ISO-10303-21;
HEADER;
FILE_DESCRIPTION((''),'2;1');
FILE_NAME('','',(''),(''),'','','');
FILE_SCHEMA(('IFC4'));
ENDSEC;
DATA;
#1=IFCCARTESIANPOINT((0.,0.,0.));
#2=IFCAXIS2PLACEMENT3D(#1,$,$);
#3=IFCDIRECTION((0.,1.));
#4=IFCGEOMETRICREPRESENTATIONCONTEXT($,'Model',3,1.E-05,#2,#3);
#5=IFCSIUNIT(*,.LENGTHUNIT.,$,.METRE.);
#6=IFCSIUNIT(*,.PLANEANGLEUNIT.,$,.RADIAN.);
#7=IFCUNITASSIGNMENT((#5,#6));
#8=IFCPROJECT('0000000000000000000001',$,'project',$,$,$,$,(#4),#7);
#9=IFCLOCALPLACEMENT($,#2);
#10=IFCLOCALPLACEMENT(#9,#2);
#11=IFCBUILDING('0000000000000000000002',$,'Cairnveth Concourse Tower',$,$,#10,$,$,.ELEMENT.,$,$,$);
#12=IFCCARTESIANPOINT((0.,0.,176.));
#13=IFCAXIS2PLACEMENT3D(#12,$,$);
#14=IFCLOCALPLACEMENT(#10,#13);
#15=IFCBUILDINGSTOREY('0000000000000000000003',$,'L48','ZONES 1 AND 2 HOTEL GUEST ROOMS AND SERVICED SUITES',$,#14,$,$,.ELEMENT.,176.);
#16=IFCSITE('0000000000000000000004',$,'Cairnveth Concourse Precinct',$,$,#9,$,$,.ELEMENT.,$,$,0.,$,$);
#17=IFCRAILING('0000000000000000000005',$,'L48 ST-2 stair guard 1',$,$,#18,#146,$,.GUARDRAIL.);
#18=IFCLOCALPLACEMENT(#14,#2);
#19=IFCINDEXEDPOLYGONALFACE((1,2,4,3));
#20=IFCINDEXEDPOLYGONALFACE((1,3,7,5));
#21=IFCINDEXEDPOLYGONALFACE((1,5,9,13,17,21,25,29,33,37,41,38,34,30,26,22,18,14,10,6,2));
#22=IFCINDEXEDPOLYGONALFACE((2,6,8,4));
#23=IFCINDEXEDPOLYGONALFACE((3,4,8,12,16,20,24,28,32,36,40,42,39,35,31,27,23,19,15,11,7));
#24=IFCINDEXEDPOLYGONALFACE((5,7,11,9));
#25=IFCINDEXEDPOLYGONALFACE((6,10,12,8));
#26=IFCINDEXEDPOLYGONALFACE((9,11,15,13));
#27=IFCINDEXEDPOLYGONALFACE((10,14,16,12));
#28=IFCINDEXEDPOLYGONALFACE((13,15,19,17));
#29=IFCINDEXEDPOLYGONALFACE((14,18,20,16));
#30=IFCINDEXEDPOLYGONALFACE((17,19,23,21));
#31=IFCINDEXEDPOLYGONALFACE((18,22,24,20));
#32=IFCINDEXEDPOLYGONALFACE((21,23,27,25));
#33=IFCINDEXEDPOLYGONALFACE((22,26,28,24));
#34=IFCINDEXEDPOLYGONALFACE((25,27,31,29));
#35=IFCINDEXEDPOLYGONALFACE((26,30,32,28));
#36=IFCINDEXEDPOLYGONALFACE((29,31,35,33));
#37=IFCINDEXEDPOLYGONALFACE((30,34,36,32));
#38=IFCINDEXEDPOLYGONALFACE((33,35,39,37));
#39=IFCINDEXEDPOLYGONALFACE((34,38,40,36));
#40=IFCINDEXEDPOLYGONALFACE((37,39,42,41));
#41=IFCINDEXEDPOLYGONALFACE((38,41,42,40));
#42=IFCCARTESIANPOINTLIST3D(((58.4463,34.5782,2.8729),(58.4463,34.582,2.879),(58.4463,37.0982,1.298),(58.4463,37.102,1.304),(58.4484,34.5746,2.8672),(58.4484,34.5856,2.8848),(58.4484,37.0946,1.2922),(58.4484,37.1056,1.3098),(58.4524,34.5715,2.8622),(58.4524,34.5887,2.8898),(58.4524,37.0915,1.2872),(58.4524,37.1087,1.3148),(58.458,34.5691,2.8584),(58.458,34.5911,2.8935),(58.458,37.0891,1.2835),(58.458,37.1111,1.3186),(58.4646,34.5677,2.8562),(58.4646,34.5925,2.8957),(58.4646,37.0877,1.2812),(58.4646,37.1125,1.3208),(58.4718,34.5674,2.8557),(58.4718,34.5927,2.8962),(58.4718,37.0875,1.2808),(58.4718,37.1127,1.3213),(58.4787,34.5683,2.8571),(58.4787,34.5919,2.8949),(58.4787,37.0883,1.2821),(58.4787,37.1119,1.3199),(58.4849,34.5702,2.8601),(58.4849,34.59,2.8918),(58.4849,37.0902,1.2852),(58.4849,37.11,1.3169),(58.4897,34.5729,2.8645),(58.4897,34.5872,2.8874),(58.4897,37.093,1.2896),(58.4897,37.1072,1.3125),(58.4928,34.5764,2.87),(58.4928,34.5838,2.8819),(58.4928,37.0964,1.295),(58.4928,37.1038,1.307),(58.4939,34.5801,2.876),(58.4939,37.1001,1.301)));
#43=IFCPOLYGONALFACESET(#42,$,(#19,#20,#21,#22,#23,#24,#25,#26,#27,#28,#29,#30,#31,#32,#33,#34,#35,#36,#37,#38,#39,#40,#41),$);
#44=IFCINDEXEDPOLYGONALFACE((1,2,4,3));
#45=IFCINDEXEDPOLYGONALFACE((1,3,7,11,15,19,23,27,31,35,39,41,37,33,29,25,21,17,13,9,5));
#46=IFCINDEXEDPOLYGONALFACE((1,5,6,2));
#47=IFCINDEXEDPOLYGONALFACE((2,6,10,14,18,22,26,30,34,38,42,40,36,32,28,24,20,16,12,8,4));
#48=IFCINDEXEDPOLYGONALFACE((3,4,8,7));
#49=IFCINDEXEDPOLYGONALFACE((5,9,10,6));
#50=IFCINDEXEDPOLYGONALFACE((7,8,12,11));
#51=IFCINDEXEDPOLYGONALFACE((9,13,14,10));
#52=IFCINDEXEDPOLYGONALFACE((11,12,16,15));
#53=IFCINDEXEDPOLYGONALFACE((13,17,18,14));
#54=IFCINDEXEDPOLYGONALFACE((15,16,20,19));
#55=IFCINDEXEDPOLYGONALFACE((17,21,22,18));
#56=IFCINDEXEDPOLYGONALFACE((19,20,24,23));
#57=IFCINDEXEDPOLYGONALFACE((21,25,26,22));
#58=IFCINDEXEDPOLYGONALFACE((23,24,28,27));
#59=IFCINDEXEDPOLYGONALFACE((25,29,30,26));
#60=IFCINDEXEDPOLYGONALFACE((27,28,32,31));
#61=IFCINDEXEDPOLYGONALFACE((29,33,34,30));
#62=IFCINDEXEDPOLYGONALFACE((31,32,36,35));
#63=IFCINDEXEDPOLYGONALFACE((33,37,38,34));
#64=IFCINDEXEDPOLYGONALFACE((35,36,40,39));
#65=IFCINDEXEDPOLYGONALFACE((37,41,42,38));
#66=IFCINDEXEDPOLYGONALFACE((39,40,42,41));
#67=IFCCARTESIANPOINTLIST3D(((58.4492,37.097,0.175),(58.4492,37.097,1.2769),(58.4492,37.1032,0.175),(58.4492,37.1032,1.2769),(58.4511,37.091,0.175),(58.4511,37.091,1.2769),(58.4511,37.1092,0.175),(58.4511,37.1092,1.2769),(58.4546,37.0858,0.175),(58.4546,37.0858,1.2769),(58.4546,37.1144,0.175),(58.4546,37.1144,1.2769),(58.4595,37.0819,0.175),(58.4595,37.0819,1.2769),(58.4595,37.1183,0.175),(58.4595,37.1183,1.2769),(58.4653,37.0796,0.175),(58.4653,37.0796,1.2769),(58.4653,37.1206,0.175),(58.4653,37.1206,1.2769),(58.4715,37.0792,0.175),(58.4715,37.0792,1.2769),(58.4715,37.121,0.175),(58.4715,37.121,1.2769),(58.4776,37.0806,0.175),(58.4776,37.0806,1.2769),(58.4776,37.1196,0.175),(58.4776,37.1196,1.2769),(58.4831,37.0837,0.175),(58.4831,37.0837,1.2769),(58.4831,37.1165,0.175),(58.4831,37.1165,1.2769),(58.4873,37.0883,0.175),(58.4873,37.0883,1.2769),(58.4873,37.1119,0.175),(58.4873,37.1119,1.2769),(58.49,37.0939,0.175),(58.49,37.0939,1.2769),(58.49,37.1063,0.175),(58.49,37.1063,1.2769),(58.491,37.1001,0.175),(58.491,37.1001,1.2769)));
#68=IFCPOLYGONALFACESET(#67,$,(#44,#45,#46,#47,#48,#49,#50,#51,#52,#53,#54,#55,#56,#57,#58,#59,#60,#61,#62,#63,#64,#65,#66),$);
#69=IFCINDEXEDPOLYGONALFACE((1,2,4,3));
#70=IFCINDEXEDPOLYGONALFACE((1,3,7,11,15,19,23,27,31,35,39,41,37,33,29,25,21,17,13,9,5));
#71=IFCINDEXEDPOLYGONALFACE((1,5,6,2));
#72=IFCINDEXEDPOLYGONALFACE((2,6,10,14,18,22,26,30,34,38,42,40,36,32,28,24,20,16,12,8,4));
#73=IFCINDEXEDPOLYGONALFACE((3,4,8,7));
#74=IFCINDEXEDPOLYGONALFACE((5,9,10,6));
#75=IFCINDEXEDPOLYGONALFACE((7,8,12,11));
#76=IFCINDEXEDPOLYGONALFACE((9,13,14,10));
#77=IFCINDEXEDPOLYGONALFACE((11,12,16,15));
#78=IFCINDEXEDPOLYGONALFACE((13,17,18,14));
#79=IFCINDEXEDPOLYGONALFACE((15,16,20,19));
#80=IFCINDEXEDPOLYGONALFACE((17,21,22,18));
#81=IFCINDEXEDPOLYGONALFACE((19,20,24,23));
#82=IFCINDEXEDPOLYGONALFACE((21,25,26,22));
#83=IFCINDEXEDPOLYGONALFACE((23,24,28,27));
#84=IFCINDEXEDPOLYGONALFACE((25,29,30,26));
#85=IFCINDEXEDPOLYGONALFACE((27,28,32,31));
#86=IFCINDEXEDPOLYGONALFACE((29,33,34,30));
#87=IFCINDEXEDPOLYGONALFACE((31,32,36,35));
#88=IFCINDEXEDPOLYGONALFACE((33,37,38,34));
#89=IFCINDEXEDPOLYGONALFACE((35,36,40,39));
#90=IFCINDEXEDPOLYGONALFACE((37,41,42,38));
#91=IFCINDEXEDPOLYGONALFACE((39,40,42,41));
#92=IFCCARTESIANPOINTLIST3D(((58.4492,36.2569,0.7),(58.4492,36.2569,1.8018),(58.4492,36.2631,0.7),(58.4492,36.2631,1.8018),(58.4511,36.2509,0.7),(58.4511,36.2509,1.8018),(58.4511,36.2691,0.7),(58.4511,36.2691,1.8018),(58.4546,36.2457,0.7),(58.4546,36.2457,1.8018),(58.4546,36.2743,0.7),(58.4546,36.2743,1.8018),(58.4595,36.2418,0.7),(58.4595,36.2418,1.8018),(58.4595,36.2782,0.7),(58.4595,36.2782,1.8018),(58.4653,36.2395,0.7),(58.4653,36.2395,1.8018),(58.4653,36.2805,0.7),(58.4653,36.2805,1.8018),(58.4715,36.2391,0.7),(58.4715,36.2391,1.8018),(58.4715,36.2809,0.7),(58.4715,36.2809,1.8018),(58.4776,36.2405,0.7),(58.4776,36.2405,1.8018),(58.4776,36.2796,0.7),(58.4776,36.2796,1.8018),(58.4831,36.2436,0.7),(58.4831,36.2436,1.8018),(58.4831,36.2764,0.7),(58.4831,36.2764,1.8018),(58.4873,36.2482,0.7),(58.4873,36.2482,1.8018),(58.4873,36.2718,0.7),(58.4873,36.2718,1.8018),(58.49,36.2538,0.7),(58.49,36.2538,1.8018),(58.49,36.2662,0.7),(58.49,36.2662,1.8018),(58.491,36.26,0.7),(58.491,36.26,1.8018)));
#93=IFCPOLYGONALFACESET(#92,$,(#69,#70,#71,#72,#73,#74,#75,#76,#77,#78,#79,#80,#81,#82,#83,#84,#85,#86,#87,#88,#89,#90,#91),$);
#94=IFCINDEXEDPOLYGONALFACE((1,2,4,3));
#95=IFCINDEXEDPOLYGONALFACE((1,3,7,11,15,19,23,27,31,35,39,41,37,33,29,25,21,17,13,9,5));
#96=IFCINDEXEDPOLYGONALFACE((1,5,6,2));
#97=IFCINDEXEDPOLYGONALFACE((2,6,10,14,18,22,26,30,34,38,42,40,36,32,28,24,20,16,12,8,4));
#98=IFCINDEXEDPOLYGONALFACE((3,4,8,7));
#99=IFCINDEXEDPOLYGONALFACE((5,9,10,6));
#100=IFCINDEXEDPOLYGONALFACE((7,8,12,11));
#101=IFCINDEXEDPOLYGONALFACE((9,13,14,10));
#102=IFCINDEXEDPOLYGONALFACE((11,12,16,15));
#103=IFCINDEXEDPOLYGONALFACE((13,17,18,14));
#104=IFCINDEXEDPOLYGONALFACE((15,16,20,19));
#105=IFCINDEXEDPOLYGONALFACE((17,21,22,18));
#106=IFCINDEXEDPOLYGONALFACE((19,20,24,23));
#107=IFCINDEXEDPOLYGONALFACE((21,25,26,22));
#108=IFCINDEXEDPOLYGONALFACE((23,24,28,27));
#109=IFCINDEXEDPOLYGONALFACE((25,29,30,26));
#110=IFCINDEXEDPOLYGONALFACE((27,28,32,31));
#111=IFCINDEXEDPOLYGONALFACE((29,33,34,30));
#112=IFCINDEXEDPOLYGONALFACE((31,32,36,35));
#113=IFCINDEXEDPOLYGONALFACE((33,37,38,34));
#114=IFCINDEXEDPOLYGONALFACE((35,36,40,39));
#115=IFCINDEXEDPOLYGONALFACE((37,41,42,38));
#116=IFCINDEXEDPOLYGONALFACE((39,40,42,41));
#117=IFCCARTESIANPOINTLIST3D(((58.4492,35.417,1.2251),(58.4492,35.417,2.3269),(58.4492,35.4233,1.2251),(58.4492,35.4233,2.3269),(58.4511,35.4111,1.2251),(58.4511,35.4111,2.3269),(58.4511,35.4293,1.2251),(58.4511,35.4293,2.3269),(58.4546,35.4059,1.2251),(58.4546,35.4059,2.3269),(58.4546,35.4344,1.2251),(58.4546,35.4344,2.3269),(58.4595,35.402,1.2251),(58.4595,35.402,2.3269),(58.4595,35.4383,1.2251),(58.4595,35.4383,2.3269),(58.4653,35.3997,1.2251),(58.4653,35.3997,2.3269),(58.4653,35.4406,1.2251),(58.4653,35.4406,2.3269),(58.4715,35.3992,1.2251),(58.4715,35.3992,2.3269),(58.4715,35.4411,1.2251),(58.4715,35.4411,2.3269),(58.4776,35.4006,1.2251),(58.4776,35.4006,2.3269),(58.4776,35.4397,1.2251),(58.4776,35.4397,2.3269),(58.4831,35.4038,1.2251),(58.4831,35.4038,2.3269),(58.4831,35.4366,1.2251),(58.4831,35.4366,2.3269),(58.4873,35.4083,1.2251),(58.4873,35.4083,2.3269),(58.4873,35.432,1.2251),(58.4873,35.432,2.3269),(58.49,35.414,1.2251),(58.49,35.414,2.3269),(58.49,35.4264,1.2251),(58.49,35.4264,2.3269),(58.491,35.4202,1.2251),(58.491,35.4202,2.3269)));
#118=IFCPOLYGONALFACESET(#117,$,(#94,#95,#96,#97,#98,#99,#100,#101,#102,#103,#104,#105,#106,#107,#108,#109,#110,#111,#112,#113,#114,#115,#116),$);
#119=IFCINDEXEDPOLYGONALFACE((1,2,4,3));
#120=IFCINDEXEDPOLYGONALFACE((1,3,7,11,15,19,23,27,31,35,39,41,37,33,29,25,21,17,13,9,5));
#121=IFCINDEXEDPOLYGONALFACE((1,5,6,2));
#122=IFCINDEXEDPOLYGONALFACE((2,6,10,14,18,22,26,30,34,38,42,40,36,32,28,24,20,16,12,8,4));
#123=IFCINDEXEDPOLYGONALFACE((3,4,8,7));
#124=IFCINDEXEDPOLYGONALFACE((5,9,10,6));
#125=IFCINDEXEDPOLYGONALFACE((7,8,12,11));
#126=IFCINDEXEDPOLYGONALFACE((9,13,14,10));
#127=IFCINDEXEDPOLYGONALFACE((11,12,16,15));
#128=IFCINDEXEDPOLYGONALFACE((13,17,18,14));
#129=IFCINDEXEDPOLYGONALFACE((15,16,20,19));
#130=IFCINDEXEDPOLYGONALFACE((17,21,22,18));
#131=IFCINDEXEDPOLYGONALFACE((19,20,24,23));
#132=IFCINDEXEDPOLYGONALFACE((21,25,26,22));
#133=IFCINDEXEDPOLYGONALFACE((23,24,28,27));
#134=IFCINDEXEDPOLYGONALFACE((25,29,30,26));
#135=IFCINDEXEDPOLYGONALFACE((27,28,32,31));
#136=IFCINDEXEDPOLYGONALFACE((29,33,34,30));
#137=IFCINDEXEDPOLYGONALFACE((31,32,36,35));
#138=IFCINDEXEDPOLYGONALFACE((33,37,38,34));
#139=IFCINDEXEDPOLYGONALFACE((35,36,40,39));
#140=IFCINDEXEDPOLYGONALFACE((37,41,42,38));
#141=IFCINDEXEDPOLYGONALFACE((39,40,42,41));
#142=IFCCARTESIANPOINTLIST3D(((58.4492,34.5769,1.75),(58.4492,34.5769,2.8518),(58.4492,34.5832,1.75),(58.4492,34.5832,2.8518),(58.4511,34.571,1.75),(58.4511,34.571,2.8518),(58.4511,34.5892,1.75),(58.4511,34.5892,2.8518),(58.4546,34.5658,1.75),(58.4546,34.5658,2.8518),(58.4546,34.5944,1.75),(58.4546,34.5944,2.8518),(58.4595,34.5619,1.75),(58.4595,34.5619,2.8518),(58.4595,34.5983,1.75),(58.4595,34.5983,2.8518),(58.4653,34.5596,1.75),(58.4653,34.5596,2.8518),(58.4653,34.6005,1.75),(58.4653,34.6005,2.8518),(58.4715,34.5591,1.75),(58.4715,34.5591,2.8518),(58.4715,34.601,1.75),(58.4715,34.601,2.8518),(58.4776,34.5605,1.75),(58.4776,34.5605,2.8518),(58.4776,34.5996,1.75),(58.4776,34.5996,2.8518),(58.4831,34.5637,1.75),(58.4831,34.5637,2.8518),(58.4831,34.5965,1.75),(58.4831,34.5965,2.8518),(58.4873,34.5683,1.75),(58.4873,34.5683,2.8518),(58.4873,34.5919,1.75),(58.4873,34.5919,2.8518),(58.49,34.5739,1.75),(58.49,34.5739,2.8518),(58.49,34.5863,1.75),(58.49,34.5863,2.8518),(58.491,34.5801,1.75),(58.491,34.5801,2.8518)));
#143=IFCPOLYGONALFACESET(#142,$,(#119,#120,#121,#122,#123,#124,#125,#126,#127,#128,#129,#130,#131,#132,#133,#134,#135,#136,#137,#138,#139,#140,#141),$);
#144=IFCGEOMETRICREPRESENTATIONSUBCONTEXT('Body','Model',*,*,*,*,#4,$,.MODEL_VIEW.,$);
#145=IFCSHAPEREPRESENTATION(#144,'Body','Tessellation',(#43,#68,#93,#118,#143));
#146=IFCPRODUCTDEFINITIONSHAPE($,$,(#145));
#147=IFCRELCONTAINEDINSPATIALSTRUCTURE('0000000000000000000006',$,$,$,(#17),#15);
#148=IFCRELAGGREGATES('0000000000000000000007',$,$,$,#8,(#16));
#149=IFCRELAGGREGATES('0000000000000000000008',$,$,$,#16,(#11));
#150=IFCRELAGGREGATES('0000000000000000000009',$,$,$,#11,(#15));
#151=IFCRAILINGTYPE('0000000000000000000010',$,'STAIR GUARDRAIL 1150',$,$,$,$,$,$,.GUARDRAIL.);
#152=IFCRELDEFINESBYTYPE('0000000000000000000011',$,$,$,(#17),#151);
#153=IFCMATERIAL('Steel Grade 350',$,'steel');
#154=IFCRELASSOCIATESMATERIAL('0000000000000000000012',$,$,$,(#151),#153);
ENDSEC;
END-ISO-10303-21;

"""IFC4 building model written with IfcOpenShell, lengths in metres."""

from ifc_helpers import new_model, si_unit, direction, frame, origin, origin_2d, place, context, subcontext, project, spatial, circle, extrude, material, type_object, element, save


model = new_model("IFC4")

# Units and contexts
model_context = context("Model", 3, precision=1e-05, world=origin(), true_north=direction((0.0, 1.0)))
body_context = subcontext(model_context, "Body", "Model", "MODEL_VIEW")
ifc_project = project(units=[si_unit("LENGTHUNIT", "METRE"), si_unit("PLANEANGLEUNIT", "RADIAN")], contexts=[model_context])

# Site, building, storey
site_placement = place(None, origin())
site = spatial("IfcSite", under=ifc_project, at=site_placement, Name="Cairnveth Concourse Precinct", CompositionType="ELEMENT", RefElevation=0.0)
building_placement = place(site_placement, origin())
building = spatial("IfcBuilding", under=site, at=building_placement, Name="Cairnveth Concourse Tower", CompositionType="ELEMENT")
storey_placement = place(building_placement, frame((0.0, 0.0, 176.0)))
storey = spatial("IfcBuildingStorey", under=building, at=storey_placement, Name="L48", Description="ZONES 1 AND 2 HOTEL GUEST ROOMS AND SERVICED SUITES", CompositionType="ELEMENT", Elevation=176.0)

# Shared definitions
ifc_material_1 = material(Name="Steel Grade 350", Category="steel")

# Railing
railing_type_1 = type_object("IfcRailingType", Name="STAIR GUARDRAIL 1150", PredefinedType="GUARDRAIL", material=ifc_material_1)
railing_1_placement = place(storey_placement, frame((58.47, 37.1001, 0.175)))
element("IfcRailing", 1, at=railing_1_placement, inside=storey, type_object=railing_type_1, Name="L48 ST-2 stair guard 1", PredefinedType="GUARDRAIL", context=body_context, shape_type="SweptSolid", body=[
    extrude(circle(Radius=0.0239, at=origin_2d()), frame((0.0, 0.0, 1.126), z_axis=(0.0, -0.848008, 0.529984), x_axis=(1.0, 0.0, 0.0)), (0.0, 0.0, 1.0), 2.9717),
    extrude(circle(Radius=0.021, at=origin_2d()), origin(), (0.0, 0.0, 1.0), 1.1018),
    extrude(circle(Radius=0.021, at=origin_2d()), frame((0.0, -0.8401, 0.5249)), (0.0, 0.0, 1.0), 1.1018),
    extrude(circle(Radius=0.021, at=origin_2d()), frame((0.0, -1.6799, 1.05)), (0.0, 0.0, 1.0), 1.1018),
    extrude(circle(Radius=0.021, at=origin_2d()), frame((0.0, -2.52, 1.575)), (0.0, 0.0, 1.0), 1.1018),
])

save(model, "model.ifc")
